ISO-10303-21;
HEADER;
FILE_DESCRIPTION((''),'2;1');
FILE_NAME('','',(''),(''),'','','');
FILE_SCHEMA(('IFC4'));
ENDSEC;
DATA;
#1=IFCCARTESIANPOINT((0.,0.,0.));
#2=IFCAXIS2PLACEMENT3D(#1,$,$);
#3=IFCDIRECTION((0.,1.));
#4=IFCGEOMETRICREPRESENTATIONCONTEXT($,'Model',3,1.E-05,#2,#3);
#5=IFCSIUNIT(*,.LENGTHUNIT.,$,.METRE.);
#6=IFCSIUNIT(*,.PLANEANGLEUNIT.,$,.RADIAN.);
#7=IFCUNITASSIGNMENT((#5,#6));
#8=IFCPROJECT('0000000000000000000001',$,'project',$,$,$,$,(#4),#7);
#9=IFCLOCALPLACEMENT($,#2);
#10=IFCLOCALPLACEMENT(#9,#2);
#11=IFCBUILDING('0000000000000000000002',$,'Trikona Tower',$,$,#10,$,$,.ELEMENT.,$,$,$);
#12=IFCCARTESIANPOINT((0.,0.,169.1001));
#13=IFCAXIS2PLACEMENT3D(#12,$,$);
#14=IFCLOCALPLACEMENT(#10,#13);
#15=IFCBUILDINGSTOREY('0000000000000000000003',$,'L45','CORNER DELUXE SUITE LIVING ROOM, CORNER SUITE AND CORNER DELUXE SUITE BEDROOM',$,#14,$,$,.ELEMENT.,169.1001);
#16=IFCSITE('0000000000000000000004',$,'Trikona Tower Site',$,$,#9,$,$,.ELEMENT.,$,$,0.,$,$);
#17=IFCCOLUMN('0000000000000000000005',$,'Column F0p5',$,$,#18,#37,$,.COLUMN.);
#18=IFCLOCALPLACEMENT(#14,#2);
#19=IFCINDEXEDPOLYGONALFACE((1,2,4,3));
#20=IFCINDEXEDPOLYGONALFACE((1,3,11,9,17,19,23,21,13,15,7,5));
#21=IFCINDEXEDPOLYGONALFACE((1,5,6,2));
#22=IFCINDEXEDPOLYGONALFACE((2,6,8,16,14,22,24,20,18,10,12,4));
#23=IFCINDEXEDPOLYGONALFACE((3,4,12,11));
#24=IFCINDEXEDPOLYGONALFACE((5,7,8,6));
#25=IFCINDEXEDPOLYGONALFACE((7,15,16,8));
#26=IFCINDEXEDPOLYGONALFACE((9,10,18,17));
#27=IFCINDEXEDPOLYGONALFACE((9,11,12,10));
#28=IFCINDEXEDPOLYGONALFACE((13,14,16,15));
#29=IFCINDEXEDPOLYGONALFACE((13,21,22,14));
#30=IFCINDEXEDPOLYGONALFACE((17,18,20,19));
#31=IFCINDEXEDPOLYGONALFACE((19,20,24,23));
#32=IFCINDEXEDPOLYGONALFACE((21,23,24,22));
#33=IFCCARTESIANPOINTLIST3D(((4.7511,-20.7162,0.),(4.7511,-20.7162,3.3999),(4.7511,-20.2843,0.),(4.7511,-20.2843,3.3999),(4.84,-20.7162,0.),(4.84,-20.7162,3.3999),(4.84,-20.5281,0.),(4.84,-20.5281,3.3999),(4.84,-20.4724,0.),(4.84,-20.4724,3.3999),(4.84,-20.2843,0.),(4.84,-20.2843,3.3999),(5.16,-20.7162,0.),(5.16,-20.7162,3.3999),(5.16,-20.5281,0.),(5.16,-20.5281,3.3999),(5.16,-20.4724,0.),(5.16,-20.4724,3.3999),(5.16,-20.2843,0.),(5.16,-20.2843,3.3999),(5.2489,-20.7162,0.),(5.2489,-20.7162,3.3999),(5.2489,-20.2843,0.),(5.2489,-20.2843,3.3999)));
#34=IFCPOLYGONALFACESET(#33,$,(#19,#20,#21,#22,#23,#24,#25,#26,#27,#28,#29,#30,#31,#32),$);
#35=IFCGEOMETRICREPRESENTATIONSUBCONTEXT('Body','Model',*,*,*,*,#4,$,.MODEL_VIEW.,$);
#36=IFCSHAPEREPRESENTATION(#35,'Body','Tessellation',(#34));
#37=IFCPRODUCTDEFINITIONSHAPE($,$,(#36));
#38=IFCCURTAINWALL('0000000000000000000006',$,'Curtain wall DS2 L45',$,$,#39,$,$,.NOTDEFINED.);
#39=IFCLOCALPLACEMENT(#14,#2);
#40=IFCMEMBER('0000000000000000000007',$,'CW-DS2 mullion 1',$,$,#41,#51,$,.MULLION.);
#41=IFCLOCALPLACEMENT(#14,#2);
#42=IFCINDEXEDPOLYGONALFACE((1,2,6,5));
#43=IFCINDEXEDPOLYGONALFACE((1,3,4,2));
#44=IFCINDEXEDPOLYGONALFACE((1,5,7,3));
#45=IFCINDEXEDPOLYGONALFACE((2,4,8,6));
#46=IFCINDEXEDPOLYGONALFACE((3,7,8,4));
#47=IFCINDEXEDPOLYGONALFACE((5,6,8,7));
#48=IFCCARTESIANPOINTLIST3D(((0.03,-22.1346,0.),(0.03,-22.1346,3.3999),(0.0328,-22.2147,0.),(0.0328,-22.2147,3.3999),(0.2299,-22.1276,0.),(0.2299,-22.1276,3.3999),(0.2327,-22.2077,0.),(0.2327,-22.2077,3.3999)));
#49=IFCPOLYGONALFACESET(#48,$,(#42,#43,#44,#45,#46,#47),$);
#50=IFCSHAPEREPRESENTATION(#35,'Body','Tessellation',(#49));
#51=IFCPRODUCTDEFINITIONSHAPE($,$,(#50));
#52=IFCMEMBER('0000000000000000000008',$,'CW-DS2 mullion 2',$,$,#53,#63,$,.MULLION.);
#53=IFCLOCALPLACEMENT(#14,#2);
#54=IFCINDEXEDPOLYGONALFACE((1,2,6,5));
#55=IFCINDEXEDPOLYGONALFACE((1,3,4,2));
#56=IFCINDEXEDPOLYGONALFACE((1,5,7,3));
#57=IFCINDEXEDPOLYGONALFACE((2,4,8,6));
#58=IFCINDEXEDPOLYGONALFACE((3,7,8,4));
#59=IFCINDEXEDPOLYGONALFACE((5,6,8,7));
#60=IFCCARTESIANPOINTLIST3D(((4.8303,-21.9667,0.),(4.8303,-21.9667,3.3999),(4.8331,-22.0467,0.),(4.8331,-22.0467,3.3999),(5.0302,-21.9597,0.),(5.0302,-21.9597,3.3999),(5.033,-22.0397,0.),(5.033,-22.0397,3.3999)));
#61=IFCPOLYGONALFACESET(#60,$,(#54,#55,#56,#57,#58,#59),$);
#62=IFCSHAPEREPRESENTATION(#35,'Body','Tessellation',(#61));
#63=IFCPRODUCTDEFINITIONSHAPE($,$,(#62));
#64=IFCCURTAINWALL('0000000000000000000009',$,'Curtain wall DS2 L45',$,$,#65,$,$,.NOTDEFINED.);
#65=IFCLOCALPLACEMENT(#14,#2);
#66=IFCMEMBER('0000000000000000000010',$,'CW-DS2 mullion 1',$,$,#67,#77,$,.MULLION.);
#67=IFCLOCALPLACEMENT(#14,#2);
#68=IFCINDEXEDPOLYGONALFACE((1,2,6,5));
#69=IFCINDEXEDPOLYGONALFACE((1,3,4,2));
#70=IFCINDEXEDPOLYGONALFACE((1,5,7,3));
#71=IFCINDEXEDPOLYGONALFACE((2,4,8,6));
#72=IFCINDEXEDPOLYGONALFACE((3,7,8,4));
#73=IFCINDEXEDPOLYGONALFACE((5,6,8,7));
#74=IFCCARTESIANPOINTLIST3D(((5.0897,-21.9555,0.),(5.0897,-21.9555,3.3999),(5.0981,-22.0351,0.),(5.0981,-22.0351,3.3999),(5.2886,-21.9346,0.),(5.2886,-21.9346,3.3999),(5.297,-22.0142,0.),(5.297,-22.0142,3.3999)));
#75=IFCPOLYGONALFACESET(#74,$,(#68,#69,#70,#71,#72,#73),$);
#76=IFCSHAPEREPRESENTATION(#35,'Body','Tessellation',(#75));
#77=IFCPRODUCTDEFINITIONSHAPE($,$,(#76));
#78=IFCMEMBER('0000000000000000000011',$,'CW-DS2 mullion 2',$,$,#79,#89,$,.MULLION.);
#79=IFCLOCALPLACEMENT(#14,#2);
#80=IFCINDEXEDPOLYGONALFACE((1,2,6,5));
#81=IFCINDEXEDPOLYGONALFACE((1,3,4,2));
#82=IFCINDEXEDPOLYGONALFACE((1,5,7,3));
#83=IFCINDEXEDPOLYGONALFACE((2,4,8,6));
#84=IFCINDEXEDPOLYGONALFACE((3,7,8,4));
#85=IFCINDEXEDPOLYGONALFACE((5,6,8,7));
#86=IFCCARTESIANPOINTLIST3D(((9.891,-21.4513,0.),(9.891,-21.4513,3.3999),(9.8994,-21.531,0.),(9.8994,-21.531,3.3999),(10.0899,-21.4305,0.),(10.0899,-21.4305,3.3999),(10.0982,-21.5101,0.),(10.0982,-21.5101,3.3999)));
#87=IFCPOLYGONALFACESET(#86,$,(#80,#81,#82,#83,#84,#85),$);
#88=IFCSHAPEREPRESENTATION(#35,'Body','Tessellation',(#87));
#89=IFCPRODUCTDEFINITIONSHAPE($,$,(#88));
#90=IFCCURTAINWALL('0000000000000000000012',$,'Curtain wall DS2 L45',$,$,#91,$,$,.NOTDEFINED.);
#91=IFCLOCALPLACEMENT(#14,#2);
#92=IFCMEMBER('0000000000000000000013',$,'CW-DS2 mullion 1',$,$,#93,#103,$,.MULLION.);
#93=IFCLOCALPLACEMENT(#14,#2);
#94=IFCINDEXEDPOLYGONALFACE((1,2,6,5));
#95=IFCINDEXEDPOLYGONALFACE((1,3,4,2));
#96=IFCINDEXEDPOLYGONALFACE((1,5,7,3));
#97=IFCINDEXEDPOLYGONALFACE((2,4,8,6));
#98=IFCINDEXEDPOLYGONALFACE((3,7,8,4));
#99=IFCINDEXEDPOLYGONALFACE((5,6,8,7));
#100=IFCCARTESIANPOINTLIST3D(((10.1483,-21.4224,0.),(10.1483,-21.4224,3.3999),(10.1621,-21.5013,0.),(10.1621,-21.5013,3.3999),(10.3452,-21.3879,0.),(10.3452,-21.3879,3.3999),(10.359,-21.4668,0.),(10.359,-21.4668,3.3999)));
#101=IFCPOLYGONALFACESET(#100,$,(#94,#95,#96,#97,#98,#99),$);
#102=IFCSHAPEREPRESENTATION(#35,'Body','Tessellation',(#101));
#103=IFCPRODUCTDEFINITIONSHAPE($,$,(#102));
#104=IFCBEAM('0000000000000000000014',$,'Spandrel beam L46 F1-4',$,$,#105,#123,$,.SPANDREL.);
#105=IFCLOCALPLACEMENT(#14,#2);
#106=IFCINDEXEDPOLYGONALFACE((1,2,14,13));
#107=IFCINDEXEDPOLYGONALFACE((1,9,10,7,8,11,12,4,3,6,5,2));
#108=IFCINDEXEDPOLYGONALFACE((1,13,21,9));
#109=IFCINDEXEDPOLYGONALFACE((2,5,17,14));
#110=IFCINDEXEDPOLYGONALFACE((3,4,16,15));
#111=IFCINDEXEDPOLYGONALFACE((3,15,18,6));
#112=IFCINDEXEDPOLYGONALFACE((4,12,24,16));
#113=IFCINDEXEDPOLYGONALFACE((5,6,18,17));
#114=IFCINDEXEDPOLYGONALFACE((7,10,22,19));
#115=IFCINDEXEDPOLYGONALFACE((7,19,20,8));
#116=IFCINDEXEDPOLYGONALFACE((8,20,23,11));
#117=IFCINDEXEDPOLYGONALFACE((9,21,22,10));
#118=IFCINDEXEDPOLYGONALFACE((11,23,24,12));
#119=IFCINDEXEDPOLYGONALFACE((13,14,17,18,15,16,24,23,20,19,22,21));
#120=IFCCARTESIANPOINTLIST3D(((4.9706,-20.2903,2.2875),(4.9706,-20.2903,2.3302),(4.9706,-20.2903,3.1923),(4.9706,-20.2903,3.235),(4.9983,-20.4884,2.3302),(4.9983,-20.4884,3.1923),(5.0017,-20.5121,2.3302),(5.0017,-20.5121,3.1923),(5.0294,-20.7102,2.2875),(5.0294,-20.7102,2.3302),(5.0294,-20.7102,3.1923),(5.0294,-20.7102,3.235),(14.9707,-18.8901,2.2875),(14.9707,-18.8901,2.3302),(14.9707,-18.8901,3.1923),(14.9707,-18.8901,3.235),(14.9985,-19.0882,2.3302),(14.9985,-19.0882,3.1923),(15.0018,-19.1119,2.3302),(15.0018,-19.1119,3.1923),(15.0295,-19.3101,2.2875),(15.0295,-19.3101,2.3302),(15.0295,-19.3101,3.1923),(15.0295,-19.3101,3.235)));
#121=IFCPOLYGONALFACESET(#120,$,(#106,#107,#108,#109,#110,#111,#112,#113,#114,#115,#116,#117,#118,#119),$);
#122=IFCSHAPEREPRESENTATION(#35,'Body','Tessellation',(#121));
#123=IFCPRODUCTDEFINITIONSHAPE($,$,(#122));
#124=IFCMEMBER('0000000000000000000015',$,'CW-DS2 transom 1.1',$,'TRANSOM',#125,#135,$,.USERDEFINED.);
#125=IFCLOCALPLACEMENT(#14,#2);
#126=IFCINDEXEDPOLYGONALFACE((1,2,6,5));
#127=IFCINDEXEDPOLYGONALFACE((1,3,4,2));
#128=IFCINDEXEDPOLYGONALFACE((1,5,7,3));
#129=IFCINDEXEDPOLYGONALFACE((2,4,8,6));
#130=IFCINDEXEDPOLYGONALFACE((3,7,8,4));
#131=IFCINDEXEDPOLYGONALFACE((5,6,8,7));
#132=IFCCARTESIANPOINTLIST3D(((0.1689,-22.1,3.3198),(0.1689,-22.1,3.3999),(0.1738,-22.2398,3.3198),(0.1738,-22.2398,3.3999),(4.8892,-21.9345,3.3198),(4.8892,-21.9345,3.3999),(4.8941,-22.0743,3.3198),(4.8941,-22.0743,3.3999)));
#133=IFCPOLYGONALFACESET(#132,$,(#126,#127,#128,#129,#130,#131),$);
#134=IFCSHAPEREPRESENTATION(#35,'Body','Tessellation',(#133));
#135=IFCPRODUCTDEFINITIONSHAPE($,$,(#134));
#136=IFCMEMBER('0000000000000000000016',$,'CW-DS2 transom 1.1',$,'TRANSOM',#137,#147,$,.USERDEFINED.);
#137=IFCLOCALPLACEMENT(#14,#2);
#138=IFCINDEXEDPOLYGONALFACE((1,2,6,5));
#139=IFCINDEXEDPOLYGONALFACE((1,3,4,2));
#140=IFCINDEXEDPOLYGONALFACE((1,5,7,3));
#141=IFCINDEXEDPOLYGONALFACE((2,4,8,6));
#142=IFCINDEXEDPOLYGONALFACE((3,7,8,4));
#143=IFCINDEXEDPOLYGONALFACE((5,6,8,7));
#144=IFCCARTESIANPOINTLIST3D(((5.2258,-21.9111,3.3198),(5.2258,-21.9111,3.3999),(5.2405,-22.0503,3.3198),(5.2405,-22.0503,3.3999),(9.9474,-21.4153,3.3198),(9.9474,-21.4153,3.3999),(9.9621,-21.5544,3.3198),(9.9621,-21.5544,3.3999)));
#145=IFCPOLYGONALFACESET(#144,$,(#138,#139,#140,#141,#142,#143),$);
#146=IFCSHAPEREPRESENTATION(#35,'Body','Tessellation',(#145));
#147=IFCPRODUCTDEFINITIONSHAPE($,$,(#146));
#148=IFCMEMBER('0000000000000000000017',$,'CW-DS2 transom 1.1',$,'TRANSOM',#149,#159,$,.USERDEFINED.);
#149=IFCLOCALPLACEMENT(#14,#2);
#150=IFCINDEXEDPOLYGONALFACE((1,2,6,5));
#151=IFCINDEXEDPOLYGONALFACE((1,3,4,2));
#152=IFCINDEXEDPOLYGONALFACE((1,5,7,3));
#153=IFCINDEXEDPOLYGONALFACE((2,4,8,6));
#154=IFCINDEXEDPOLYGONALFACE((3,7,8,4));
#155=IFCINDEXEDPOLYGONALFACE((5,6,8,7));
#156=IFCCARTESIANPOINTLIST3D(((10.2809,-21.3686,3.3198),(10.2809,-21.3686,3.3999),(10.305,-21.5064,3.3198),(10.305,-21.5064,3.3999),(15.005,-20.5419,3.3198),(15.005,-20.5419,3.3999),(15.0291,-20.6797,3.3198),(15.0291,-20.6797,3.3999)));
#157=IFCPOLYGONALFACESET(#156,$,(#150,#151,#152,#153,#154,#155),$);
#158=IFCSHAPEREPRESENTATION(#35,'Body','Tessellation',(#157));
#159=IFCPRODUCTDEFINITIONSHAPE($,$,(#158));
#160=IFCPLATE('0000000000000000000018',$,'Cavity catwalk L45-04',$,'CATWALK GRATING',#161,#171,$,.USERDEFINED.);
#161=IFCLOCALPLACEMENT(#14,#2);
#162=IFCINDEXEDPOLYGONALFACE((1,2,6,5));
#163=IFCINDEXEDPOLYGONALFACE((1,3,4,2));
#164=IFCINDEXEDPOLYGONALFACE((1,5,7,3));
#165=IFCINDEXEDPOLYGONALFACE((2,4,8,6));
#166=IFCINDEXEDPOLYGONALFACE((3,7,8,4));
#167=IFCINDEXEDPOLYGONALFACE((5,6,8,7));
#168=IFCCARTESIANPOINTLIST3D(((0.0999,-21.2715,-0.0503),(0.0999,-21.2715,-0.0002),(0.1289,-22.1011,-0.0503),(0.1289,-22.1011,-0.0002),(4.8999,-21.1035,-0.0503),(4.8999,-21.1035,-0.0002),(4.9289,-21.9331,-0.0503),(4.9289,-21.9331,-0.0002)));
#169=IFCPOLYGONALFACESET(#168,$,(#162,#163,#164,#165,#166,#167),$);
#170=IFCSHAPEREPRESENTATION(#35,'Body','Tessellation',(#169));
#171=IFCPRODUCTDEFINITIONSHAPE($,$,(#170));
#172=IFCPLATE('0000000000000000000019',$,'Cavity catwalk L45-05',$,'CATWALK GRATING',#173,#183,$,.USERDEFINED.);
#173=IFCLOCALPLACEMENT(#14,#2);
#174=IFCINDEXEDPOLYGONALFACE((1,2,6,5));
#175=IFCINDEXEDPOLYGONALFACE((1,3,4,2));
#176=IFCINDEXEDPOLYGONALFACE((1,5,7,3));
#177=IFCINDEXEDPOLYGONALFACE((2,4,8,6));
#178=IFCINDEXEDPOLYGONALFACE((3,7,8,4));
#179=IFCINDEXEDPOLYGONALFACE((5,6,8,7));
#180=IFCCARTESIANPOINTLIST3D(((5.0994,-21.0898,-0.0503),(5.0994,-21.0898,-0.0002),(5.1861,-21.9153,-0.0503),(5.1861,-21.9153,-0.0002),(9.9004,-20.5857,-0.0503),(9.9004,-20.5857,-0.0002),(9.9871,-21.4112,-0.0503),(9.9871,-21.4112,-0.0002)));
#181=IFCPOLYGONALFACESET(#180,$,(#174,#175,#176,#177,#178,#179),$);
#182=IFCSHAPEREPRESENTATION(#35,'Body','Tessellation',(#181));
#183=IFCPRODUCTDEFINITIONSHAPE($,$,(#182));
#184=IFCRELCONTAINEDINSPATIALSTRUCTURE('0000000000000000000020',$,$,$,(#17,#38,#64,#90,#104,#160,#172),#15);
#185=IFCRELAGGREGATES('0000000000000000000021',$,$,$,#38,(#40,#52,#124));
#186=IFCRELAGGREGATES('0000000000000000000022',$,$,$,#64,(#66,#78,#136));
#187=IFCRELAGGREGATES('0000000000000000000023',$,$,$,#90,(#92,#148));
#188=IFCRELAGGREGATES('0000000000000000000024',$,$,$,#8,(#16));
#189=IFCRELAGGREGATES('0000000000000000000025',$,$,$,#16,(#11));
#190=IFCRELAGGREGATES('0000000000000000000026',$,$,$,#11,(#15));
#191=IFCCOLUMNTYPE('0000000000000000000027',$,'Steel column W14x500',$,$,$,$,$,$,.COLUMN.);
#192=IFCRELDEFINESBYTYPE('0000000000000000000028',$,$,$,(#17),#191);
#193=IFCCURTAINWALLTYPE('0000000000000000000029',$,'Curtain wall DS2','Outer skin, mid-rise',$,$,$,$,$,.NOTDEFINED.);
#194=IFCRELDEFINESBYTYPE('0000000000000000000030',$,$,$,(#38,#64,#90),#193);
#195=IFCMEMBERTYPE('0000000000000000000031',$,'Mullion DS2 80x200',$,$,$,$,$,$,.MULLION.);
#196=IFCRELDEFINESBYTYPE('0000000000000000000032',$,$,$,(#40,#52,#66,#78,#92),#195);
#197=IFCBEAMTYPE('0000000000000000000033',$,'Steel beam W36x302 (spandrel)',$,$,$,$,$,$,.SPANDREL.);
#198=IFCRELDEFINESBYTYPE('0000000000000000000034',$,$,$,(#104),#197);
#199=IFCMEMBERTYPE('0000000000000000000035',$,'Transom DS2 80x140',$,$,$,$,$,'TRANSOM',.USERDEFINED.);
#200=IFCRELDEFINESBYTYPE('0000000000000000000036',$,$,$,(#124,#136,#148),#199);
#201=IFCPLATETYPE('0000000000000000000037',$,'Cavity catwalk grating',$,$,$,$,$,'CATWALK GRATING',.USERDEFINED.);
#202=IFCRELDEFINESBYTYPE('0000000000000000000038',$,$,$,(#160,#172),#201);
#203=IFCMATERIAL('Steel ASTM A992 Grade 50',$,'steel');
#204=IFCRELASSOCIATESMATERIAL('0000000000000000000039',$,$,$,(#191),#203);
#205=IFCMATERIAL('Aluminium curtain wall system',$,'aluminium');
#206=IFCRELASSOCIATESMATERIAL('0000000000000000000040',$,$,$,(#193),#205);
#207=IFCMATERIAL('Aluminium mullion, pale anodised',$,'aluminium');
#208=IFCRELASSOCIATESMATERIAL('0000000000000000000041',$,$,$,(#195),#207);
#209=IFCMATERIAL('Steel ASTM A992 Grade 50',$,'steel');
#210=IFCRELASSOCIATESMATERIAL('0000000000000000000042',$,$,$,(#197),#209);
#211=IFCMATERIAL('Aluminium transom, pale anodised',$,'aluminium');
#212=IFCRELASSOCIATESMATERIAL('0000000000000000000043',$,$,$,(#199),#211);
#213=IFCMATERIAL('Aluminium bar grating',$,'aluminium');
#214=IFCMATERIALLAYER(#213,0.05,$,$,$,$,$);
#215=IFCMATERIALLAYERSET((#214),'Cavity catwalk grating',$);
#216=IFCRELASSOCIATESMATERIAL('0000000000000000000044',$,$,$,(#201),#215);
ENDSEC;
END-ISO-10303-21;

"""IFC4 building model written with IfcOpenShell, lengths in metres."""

from ifc_helpers import new_model, si_unit, direction, frame, origin, origin_2d, place, context, subcontext, project, spatial, rectangle, i_section, extrude, material, layer, layer_set, material_profile, profile_set, type_object, element, aggregate, save


model = new_model("IFC4")

# Units and contexts
model_context = context("Model", 3, precision=1e-05, world=origin(), true_north=direction((0.0, 1.0)))
body_context = subcontext(model_context, "Body", "Model", "MODEL_VIEW")
ifc_project = project(units=[si_unit("LENGTHUNIT", "METRE"), si_unit("PLANEANGLEUNIT", "RADIAN")], contexts=[model_context])

# Site, building, storey
site_placement = place(None, origin())
site = spatial("IfcSite", under=ifc_project, at=site_placement, Name="Trikona Tower Site", CompositionType="ELEMENT", RefElevation=0.0)
building_placement = place(site_placement, origin())
building = spatial("IfcBuilding", under=site, at=building_placement, Name="Trikona Tower", CompositionType="ELEMENT")
storey_placement = place(building_placement, frame((0.0, 0.0, 169.1001)))
storey = spatial("IfcBuildingStorey", under=building, at=storey_placement, Name="L45", Description="CORNER DELUXE SUITE LIVING ROOM, CORNER SUITE AND CORNER DELUXE SUITE BEDROOM", CompositionType="ELEMENT", Elevation=169.1001)

# Column
ifc_material_1 = material(Name="Steel ASTM A992 Grade 50", Category="steel")
ifc_material_profile_1 = material_profile(ifc_material_1, i_section(OverallWidth=0.4319, OverallDepth=0.4978, WebThickness=0.0557, FlangeThickness=0.0889, at=origin_2d()), Name="W14X500")
ifc_profile_set_1 = profile_set([ifc_material_profile_1], Name="Steel ASTM A992 Grade 50")
column_type = type_object("IfcColumnType", Name="Steel column W14x500", PredefinedType="COLUMN", material=ifc_profile_set_1)
column_placement = place(storey_placement, frame((5.0, -20.5002, 0.0), z_axis=(0.0, 0.0, 1.0), x_axis=(0.0, -1.0, 0.0)))
element("IfcColumn", 1, at=column_placement, inside=storey, type_object=column_type, Name="Column F0p5", PredefinedType="COLUMN", context=body_context, shape_type="SweptSolid", body=[
    extrude(i_section(OverallWidth=0.4319, OverallDepth=0.4978, WebThickness=0.0557, FlangeThickness=0.0889, at=origin_2d()), origin(), (0.0, 0.0, 1.0), 3.3999),
])

# Curtain walls, members
ifc_material_2 = material(Name="Aluminium curtain wall system", Category="aluminium")
curtain_wall_type = type_object("IfcCurtainWallType", Name="Curtain wall DS2", Description="Outer skin, mid-rise", PredefinedType="NOTDEFINED", material=ifc_material_2)
curtain_wall_1_placement = place(storey_placement, origin())
curtain_wall_1 = element("IfcCurtainWall", 2, at=curtain_wall_1_placement, inside=storey, type_object=curtain_wall_type, Name="Curtain wall DS2 L45", PredefinedType="NOTDEFINED")
ifc_material_3 = material(Name="Aluminium mullion, pale anodised", Category="aluminium")
ifc_material_profile_2 = material_profile(ifc_material_3, rectangle(XDim=0.0801, YDim=0.2, at=origin_2d()), Name="MUL-DS2")
ifc_profile_set_2 = profile_set([ifc_material_profile_2], Name="Aluminium mullion, pale anodised")
member_type_1 = type_object("IfcMemberType", Name="Mullion DS2 80x200", PredefinedType="MULLION", material=ifc_profile_set_2)
member_1_placement = place(storey_placement, frame((0.1313, -22.1711, 0.0), z_axis=(0.0, 0.0, 1.0), x_axis=(-0.034998, 0.999387, 0.0)))
member_1 = element("IfcMember", 3, at=member_1_placement, type_object=member_type_1, Name="CW-DS2 mullion 1", PredefinedType="MULLION", context=body_context, shape_type="SweptSolid", body=[
    extrude(rectangle(XDim=0.0801, YDim=0.2, at=origin_2d()), origin(), (0.0, 0.0, 1.0), 3.3999),
])
member_2_placement = place(storey_placement, frame((4.9316, -22.0032, 0.0), z_axis=(0.0, 0.0, 1.0), x_axis=(-0.034998, 0.999387, 0.0)))
member_2 = element("IfcMember", 4, at=member_2_placement, type_object=member_type_1, Name="CW-DS2 mullion 2", PredefinedType="MULLION", context=body_context, shape_type="SweptSolid", body=[
    extrude(rectangle(XDim=0.0801, YDim=0.2, at=origin_2d()), origin(), (0.0, 0.0, 1.0), 3.3999),
])
curtain_wall_2_placement = place(storey_placement, origin())
curtain_wall_2 = element("IfcCurtainWall", 5, at=curtain_wall_2_placement, inside=storey, type_object=curtain_wall_type, Name="Curtain wall DS2 L45", PredefinedType="NOTDEFINED")
member_3_placement = place(storey_placement, frame((5.1934, -21.9849, 0.0), z_axis=(0.0, 0.0, 1.0), x_axis=(-0.104433, 0.994532, 0.0)))
member_3 = element("IfcMember", 6, at=member_3_placement, type_object=member_type_1, Name="CW-DS2 mullion 1", PredefinedType="MULLION", context=body_context, shape_type="SweptSolid", body=[
    extrude(rectangle(XDim=0.0801, YDim=0.2, at=origin_2d()), origin(), (0.0, 0.0, 1.0), 3.3999),
])
member_4_placement = place(storey_placement, frame((9.9946, -21.4807, 0.0), z_axis=(0.0, 0.0, 1.0), x_axis=(-0.104433, 0.994532, 0.0)))
member_4 = element("IfcMember", 7, at=member_4_placement, type_object=member_type_1, Name="CW-DS2 mullion 2", PredefinedType="MULLION", context=body_context, shape_type="SweptSolid", body=[
    extrude(rectangle(XDim=0.0801, YDim=0.2, at=origin_2d()), origin(), (0.0, 0.0, 1.0), 3.3999),
])

# Curtain wall, member
curtain_wall_3_placement = place(storey_placement, origin())
curtain_wall_3 = element("IfcCurtainWall", 8, at=curtain_wall_3_placement, inside=storey, type_object=curtain_wall_type, Name="Curtain wall DS2 L45", PredefinedType="NOTDEFINED")
member_5_placement = place(storey_placement, frame((10.2537, -21.4446, 0.0), z_axis=(0.0, 0.0, 1.0), x_axis=(-0.172377, 0.985031, 0.0)))
member_5 = element("IfcMember", 9, at=member_5_placement, type_object=member_type_1, Name="CW-DS2 mullion 1", PredefinedType="MULLION", context=body_context, shape_type="SweptSolid", body=[
    extrude(rectangle(XDim=0.0801, YDim=0.2, at=origin_2d()), origin(), (0.0, 0.0, 1.0), 3.3999),
])

# Beam
ifc_material_4 = material(Name="Steel ASTM A992 Grade 50", Category="steel")
ifc_material_profile_3 = material_profile(ifc_material_4, i_section(OverallWidth=0.4241, OverallDepth=0.9475, WebThickness=0.0239, FlangeThickness=0.0427, at=origin_2d()), Name="W36X302")
ifc_profile_set_3 = profile_set([ifc_material_profile_3], Name="Steel ASTM A992 Grade 50")
beam_type = type_object("IfcBeamType", Name="Steel beam W36x302 (spandrel)", PredefinedType="SPANDREL", material=ifc_profile_set_3)
beam_placement = place(storey_placement, frame((5.0, -20.5002, 2.7612), z_axis=(0.99034, 0.138662, 0.0), x_axis=(-0.138662, 0.99034, 0.0)))
element("IfcBeam", 10, at=beam_placement, inside=storey, type_object=beam_type, Name="Spandrel beam L46 F1-4", PredefinedType="SPANDREL", context=body_context, shape_type="SweptSolid", body=[
    extrude(i_section(OverallWidth=0.4241, OverallDepth=0.9475, WebThickness=0.0239, FlangeThickness=0.0427, at=origin_2d()), origin(), (0.0, 0.0, 1.0), 10.0977),
])

# Members
ifc_material_5 = material(Name="Aluminium transom, pale anodised", Category="aluminium")
ifc_material_profile_4 = material_profile(ifc_material_5, rectangle(XDim=0.1399, YDim=0.0801, at=origin_2d()), Name="TRN-DS2")
ifc_profile_set_4 = profile_set([ifc_material_profile_4], Name="Aluminium transom, pale anodised")
member_type_2 = type_object("IfcMemberType", Name="Transom DS2 80x140", ElementType="TRANSOM", PredefinedType="USERDEFINED", material=ifc_profile_set_4)
member_6_placement = place(storey_placement, frame((0.1714, -22.1699, 3.3599), z_axis=(0.999386, 0.035046, 0.0), x_axis=(-0.035046, 0.999386, 0.0)))
member_6 = element("IfcMember", 11, at=member_6_placement, type_object=member_type_2, Name="CW-DS2 transom 1.1", ObjectType="TRANSOM", PredefinedType="USERDEFINED", context=body_context, shape_type="SweptSolid", body=[
    extrude(rectangle(XDim=0.1399, YDim=0.0801, at=origin_2d()), origin(), (0.0, 0.0, 1.0), 4.7231),
])
member_7_placement = place(storey_placement, frame((5.2332, -21.9807, 3.3599), z_axis=(0.994531, 0.104441, 0.0), x_axis=(-0.104441, 0.994531, 0.0)))
member_7 = element("IfcMember", 12, at=member_7_placement, type_object=member_type_2, Name="CW-DS2 transom 1.1", ObjectType="TRANSOM", PredefinedType="USERDEFINED", context=body_context, shape_type="SweptSolid", body=[
    extrude(rectangle(XDim=0.1399, YDim=0.0801, at=origin_2d()), origin(), (0.0, 0.0, 1.0), 4.7476),
])
member_8_placement = place(storey_placement, frame((10.293, -21.4375, 3.3599), z_axis=(0.985033, 0.172368, 0.0), x_axis=(-0.172368, 0.985033, 0.0)))
member_8 = element("IfcMember", 13, at=member_8_placement, type_object=member_type_2, Name="CW-DS2 transom 1.1", ObjectType="TRANSOM", PredefinedType="USERDEFINED", context=body_context, shape_type="SweptSolid", body=[
    extrude(rectangle(XDim=0.1399, YDim=0.0801, at=origin_2d()), origin(), (0.0, 0.0, 1.0), 4.7959),
])

# Plates
ifc_material_6 = material(Name="Aluminium bar grating", Category="aluminium")
ifc_layer_1 = layer(ifc_material_6, 0.05)
ifc_layer_set_1 = layer_set([ifc_layer_1], Name="Cavity catwalk grating")
plate_type_1 = type_object("IfcPlateType", Name="Cavity catwalk grating", ElementType="CATWALK GRATING", PredefinedType="USERDEFINED", material=ifc_layer_set_1)
plate_1_placement = place(storey_placement, frame((2.5144, -21.6023, -0.0503), z_axis=(0.0, 0.0, 1.0), x_axis=(0.999388, 0.034978, 0.0)))
element("IfcPlate", 14, at=plate_1_placement, inside=storey, type_object=plate_type_1, Name="Cavity catwalk L45-04", ObjectType="CATWALK GRATING", PredefinedType="USERDEFINED", context=body_context, shape_type="SweptSolid", body=[
    extrude(rectangle(XDim=4.803, YDim=0.8301, at=origin_2d()), origin(), (0.0, 0.0, 1.0), 0.05),
])
plate_2_placement = place(storey_placement, frame((7.5432, -21.2505, -0.0503), z_axis=(0.0, 0.0, 1.0), x_axis=(0.994533, 0.104426, 0.0)))
element("IfcPlate", 15, at=plate_2_placement, inside=storey, type_object=plate_type_1, Name="Cavity catwalk L45-05", ObjectType="CATWALK GRATING", PredefinedType="USERDEFINED", context=body_context, shape_type="SweptSolid", body=[
    extrude(rectangle(XDim=4.8274, YDim=0.8301, at=origin_2d()), origin(), (0.0, 0.0, 1.0), 0.05),
])

aggregate(curtain_wall_1, [member_1, member_2, member_6])
aggregate(curtain_wall_2, [member_3, member_4, member_7])
aggregate(curtain_wall_3, [member_5, member_8])

save(model, "model.ifc")
